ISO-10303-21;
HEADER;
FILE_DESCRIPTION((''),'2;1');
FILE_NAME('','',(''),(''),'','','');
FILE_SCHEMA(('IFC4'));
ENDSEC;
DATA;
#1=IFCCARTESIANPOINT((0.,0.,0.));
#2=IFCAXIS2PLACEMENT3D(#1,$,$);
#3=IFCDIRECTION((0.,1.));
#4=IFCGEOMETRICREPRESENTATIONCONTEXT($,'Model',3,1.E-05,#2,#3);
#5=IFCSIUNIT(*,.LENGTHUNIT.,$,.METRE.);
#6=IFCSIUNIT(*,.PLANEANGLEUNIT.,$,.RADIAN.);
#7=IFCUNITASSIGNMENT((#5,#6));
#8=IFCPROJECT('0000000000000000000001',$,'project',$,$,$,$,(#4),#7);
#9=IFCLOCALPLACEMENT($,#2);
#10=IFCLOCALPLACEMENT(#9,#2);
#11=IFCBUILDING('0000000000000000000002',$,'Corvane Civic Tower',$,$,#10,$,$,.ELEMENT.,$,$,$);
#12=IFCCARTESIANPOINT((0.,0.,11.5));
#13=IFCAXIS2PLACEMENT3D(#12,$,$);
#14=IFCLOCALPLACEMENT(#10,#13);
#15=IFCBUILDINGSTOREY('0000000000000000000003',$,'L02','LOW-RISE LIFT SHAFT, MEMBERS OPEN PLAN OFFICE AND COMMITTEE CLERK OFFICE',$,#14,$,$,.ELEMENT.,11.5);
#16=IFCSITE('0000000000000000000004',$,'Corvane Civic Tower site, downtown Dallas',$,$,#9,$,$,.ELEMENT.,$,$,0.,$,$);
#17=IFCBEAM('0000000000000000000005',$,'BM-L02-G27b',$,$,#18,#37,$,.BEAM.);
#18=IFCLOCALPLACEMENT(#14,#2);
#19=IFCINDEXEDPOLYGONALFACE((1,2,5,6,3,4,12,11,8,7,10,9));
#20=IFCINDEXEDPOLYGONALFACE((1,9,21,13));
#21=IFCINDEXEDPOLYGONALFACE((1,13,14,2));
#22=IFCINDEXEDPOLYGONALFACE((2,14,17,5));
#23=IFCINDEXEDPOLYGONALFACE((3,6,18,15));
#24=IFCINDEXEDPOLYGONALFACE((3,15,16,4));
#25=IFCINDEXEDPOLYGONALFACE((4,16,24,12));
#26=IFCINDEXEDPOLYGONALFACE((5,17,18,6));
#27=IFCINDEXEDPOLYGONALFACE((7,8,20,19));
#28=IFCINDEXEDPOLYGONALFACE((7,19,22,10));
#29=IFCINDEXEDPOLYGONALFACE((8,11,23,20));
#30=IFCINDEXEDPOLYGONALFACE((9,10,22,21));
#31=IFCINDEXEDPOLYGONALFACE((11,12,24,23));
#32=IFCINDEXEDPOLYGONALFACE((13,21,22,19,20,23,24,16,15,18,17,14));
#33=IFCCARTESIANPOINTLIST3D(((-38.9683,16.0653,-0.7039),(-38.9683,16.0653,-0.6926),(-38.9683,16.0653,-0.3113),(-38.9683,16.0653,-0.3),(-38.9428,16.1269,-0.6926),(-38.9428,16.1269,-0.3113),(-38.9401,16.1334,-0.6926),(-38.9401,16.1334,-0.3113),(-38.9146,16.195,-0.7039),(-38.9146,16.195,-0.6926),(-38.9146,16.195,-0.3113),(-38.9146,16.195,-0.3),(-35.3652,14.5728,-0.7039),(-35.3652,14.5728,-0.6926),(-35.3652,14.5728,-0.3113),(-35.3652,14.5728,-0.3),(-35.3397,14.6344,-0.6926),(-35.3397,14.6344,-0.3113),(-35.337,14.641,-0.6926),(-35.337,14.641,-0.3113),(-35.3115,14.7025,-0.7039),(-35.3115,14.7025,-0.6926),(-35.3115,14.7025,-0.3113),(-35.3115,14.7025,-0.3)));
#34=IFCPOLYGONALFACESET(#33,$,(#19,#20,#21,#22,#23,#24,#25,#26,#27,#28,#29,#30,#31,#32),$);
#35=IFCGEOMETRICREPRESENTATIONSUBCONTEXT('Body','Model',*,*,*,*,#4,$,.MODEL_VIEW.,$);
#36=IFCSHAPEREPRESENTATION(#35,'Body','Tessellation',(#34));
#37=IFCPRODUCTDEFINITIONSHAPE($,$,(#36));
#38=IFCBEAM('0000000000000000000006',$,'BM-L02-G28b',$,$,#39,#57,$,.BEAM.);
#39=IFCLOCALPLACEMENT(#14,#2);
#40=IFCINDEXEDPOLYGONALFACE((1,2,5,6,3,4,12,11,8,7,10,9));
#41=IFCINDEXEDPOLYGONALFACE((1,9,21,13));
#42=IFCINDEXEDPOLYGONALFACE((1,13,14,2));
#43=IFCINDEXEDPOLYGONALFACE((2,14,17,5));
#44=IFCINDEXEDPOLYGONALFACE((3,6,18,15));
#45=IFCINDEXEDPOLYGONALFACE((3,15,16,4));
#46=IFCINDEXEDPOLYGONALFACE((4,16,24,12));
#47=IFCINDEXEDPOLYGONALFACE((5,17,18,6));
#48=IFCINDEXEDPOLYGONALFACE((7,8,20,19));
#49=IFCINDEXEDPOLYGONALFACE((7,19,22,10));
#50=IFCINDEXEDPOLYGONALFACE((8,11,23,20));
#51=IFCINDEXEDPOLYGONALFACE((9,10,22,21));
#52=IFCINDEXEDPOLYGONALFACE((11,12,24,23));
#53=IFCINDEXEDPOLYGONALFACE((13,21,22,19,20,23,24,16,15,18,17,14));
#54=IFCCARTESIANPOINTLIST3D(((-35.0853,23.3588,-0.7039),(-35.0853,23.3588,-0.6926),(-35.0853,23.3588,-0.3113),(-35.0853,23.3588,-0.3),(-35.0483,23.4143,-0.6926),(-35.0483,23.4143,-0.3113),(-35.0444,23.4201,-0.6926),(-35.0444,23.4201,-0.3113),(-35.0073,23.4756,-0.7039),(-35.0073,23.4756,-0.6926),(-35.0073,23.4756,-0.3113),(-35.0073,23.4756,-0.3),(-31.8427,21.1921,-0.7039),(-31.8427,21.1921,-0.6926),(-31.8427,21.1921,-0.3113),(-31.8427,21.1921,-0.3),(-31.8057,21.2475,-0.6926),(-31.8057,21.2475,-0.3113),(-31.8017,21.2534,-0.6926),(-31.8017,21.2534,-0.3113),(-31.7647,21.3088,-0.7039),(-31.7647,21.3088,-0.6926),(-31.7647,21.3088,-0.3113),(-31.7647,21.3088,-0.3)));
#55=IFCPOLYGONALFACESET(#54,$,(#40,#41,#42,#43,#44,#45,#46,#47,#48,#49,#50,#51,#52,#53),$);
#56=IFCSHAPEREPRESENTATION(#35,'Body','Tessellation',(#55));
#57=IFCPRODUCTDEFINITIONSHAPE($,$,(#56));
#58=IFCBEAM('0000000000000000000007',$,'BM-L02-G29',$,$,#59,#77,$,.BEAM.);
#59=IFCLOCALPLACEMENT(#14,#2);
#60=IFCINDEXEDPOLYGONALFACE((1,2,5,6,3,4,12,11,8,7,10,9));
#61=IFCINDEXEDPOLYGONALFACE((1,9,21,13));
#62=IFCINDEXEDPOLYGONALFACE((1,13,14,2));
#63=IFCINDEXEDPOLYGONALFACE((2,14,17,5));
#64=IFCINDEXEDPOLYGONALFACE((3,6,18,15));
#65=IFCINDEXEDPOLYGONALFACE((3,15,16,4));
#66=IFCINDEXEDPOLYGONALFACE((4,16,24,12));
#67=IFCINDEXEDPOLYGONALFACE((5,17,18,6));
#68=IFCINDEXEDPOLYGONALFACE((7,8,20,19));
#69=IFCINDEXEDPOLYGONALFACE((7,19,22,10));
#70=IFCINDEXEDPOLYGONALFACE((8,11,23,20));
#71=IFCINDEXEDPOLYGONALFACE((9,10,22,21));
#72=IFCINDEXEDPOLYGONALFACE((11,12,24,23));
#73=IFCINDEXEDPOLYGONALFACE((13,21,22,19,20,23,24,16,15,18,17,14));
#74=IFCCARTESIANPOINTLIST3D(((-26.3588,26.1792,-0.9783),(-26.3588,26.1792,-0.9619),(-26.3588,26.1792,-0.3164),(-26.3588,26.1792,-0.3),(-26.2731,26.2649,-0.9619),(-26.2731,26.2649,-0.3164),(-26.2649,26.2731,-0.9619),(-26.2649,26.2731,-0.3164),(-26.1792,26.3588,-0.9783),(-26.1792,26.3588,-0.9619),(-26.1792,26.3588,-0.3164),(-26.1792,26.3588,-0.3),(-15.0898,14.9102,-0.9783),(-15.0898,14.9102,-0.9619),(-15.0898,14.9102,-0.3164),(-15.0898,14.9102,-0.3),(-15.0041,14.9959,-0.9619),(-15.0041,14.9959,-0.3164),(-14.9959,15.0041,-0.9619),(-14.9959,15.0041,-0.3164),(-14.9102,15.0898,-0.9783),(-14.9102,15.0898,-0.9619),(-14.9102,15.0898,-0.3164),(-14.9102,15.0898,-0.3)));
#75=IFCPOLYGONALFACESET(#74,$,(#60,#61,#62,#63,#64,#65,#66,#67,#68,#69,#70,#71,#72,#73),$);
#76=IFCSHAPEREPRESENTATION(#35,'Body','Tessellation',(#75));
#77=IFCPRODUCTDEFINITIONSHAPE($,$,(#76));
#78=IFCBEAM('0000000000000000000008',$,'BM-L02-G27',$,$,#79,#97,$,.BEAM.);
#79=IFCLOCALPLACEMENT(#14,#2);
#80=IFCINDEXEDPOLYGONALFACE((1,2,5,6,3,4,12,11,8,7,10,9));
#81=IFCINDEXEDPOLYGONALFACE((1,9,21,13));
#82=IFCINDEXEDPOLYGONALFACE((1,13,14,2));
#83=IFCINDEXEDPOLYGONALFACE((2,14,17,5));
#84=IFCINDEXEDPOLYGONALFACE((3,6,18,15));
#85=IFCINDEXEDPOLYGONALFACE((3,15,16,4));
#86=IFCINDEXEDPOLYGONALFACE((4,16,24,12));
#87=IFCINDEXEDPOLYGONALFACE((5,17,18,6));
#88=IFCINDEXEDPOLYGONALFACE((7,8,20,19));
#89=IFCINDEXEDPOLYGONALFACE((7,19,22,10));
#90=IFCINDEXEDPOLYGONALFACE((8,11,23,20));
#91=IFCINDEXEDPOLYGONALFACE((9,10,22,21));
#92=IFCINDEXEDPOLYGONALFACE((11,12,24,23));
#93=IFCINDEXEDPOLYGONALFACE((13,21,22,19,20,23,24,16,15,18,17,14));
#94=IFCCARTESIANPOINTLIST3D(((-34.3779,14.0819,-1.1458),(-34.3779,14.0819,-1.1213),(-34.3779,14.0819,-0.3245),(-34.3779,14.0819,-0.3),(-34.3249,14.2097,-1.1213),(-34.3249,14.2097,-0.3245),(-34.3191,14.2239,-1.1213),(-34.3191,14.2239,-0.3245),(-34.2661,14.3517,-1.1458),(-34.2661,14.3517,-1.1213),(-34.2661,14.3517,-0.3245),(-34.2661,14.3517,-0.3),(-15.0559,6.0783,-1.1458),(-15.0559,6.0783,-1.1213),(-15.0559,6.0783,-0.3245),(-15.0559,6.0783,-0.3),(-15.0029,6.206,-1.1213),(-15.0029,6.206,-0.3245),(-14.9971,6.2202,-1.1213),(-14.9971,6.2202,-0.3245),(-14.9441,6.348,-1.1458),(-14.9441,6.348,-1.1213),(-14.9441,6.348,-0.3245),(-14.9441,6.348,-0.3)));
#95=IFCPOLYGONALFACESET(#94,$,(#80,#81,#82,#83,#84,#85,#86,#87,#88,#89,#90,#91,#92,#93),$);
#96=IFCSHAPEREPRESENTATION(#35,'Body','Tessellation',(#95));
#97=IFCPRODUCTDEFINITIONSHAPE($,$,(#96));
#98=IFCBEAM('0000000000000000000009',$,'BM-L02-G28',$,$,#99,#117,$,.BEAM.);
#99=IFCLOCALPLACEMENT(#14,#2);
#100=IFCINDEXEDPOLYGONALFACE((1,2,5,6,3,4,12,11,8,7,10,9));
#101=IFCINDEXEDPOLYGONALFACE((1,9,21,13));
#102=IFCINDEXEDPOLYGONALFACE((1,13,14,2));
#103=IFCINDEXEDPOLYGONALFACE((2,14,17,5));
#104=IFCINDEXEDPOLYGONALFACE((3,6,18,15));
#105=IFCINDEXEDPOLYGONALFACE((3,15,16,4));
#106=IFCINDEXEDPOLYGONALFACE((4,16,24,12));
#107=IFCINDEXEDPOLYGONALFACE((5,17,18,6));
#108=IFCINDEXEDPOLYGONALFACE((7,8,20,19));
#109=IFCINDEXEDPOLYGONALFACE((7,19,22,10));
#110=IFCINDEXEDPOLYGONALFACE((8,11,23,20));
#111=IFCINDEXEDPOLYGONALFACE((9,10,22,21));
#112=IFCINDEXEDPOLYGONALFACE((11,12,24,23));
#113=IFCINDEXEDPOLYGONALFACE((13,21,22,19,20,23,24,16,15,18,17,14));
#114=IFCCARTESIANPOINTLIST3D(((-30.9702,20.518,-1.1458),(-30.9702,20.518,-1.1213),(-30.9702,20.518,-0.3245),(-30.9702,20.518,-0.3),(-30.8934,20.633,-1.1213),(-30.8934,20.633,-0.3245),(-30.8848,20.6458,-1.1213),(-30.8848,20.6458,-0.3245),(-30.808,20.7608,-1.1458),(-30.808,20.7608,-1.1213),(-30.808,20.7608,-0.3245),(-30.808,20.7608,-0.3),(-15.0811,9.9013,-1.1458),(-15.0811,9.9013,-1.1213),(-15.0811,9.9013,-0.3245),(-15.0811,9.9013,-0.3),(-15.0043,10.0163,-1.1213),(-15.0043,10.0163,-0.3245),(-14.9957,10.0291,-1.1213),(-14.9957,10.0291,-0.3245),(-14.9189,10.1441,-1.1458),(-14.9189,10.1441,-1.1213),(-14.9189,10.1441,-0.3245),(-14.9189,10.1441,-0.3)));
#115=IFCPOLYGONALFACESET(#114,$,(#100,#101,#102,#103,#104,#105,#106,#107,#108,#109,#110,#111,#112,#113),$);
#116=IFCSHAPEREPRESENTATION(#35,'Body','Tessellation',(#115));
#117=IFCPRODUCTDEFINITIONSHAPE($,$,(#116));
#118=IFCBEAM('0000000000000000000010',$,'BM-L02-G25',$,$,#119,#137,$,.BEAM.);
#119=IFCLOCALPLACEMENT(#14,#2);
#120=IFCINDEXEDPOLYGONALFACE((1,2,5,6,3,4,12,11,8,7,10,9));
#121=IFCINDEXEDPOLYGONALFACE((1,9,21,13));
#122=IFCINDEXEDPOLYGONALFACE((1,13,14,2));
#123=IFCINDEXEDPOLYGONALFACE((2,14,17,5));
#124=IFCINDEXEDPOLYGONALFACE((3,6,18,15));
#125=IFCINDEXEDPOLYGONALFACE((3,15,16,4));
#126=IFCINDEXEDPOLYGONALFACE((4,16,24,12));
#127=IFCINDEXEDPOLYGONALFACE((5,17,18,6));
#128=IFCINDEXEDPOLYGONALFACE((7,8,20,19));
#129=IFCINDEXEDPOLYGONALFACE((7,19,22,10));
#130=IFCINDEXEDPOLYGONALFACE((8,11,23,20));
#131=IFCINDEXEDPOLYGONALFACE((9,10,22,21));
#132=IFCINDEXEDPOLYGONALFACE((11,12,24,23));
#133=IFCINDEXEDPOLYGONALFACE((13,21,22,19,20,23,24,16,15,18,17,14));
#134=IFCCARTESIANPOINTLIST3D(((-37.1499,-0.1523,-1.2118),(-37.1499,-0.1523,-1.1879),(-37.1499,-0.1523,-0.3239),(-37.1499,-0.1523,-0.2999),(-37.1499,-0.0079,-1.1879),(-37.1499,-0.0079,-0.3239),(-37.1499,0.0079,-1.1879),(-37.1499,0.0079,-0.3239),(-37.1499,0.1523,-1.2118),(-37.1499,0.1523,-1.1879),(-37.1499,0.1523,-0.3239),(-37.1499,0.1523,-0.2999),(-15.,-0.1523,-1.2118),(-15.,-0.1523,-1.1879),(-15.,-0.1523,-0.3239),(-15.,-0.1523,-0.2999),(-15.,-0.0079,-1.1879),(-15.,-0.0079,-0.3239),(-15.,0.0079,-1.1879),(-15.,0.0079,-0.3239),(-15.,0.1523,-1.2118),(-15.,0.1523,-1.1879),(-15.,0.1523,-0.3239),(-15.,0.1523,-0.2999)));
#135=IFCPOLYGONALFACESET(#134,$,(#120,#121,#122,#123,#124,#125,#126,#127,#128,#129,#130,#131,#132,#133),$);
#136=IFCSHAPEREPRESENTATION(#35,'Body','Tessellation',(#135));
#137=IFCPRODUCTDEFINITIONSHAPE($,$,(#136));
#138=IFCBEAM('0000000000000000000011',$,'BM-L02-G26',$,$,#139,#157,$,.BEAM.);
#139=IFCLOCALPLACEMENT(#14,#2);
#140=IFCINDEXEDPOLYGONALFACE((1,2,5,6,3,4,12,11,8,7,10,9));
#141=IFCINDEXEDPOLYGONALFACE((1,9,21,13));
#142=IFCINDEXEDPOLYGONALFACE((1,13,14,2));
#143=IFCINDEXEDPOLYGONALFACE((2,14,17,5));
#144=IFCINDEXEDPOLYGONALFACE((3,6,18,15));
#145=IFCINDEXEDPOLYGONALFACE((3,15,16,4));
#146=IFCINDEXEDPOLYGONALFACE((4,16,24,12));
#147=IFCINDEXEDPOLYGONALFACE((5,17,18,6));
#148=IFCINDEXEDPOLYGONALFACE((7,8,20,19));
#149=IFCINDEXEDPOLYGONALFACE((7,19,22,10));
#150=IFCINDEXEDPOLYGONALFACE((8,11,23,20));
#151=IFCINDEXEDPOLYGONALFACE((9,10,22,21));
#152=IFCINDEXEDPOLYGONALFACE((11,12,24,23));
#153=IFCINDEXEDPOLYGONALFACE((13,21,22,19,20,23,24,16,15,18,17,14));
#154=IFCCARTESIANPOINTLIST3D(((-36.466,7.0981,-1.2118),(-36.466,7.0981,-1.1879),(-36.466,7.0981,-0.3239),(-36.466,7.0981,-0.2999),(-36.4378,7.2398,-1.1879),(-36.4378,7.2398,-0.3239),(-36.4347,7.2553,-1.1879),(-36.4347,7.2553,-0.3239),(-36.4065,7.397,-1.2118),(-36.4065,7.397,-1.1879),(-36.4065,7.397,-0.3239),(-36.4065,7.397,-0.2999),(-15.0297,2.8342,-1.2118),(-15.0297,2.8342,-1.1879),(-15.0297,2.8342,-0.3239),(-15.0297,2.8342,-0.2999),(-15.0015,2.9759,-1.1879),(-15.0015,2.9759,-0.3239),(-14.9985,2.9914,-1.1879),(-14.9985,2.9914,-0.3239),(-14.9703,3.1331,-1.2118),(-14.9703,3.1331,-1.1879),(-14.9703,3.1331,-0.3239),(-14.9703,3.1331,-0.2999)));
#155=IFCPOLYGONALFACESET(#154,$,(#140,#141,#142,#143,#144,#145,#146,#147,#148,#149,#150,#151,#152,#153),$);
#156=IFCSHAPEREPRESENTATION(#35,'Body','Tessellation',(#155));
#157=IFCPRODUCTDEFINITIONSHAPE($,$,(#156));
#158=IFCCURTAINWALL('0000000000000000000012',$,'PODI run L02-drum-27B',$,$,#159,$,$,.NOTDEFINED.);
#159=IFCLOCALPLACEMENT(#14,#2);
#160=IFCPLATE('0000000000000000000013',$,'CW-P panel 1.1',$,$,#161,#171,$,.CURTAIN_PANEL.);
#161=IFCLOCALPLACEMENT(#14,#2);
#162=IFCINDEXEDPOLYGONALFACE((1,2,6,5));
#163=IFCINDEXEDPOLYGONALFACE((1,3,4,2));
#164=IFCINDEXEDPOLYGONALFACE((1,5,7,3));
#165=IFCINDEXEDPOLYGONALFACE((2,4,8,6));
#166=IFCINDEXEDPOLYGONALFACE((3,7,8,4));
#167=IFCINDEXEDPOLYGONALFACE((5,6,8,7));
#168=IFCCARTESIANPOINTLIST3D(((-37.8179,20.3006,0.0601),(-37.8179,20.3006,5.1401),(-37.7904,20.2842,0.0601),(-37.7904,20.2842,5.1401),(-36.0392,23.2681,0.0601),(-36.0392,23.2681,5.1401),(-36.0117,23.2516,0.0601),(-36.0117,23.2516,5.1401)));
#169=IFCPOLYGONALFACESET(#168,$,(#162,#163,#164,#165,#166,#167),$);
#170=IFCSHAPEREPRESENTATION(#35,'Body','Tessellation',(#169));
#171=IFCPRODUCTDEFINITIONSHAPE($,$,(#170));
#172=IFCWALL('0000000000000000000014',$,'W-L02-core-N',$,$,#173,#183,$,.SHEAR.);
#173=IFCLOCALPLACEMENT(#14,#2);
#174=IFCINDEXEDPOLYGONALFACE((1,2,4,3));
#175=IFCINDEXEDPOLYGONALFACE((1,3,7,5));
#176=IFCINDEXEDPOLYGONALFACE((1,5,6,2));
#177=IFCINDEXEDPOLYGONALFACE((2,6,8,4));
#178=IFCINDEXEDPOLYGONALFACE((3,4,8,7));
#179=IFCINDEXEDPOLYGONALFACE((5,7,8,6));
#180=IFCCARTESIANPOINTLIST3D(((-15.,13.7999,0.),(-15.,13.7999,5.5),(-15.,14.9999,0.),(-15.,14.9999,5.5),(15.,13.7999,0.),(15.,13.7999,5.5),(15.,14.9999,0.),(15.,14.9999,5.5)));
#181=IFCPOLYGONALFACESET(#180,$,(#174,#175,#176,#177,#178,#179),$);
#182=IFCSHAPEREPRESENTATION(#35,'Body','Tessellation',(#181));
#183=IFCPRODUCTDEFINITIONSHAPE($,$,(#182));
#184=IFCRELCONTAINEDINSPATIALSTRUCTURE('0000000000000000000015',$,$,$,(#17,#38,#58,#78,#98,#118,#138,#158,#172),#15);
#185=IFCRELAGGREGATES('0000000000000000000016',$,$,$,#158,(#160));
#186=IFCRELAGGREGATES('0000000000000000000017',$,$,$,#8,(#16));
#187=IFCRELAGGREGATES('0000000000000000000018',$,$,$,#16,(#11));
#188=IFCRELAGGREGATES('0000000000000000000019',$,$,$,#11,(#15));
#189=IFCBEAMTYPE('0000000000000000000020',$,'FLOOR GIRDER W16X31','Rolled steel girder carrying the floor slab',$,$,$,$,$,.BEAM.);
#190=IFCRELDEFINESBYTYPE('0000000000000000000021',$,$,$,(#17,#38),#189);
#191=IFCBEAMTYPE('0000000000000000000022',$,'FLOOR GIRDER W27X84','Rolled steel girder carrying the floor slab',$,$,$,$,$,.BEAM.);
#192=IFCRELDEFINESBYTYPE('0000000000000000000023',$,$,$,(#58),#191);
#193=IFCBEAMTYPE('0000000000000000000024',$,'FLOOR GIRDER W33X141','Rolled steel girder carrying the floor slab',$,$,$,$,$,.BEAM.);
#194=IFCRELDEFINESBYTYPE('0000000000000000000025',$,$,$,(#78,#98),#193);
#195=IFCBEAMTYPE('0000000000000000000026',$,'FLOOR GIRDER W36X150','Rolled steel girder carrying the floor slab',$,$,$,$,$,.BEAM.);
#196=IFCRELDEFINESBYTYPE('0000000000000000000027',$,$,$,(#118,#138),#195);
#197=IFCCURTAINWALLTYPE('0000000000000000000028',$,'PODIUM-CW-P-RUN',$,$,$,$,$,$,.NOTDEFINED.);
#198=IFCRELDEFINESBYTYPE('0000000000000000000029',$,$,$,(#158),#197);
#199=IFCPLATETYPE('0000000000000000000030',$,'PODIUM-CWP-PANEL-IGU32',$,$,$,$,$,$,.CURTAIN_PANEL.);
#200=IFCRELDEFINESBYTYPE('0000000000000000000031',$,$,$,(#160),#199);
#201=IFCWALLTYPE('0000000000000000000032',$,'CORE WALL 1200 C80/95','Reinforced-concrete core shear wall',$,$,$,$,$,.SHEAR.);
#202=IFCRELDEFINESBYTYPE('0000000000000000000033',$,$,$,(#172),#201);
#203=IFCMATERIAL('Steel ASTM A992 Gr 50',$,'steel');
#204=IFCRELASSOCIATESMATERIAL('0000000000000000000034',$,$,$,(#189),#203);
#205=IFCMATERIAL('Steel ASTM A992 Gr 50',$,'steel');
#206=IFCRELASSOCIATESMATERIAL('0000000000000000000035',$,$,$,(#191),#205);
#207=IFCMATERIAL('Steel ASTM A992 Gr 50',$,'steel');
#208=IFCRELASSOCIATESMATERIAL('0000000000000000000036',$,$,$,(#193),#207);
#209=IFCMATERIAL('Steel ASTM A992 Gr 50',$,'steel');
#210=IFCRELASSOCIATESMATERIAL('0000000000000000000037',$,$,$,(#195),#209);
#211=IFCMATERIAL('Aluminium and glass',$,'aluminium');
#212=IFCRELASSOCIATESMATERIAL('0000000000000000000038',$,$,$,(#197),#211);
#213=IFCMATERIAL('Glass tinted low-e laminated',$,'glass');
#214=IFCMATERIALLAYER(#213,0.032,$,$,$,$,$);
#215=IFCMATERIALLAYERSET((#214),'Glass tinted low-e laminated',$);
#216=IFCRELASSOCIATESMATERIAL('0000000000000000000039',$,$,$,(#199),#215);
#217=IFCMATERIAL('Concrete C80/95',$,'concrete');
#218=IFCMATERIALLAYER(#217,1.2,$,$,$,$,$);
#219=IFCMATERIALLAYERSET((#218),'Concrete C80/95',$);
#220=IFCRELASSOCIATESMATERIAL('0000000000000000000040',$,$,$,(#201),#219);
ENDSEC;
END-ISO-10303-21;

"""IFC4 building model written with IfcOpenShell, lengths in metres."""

from ifc_helpers import new_model, si_unit, direction, frame, frame_2d, origin, origin_2d, place, context, subcontext, project, spatial, rectangle, i_section, extrude, material, layer, layer_set, material_profile, profile_set, type_object, element, aggregate, save


model = new_model("IFC4")

# Units and contexts
model_context = context("Model", 3, precision=1e-05, world=origin(), true_north=direction((0.0, 1.0)))
body_context = subcontext(model_context, "Body", "Model", "MODEL_VIEW")
ifc_project = project(units=[si_unit("LENGTHUNIT", "METRE"), si_unit("PLANEANGLEUNIT", "RADIAN")], contexts=[model_context])

# Site, building, storey
site_placement = place(None, origin())
site = spatial("IfcSite", under=ifc_project, at=site_placement, Name="Corvane Civic Tower site, downtown Dallas", CompositionType="ELEMENT", RefElevation=0.0)
building_placement = place(site_placement, origin())
building = spatial("IfcBuilding", under=site, at=building_placement, Name="Corvane Civic Tower", CompositionType="ELEMENT")
storey_placement = place(building_placement, frame((0.0, 0.0, 11.5)))
storey = spatial("IfcBuildingStorey", under=building, at=storey_placement, Name="L02", Description="LOW-RISE LIFT SHAFT, MEMBERS OPEN PLAN OFFICE AND COMMITTEE CLERK OFFICE", CompositionType="ELEMENT", Elevation=11.5)

# Beams
ifc_material_1 = material(Name="Steel ASTM A992 Gr 50", Category="steel")
ifc_material_profile_1 = material_profile(ifc_material_1, i_section(OverallWidth=0.1404, OverallDepth=0.4038, WebThickness=0.0071, FlangeThickness=0.0112, at=origin_2d()), Name="W16X31")
ifc_profile_set_1 = profile_set([ifc_material_profile_1], Name="Steel ASTM A992 Gr 50")
beam_type_1 = type_object("IfcBeamType", Name="FLOOR GIRDER W16X31", Description="Rolled steel girder carrying the floor slab", PredefinedType="BEAM", material=ifc_profile_set_1)
for number, where, z_axis, x_axis, name in (
    (1, (-35.3384, 14.6377, -0.502), (-0.923879, 0.382685, 0.0), (-0.382685, -0.923879, 0.0), "BM-L02-G27b"),
    (2, (-31.8037, 21.2505, -0.502), (-0.831462, 0.555581, 0.0), (-0.555581, -0.831462, 0.0), "BM-L02-G28b"),
):
    element("IfcBeam", number, at=place(storey_placement, frame(where, z_axis=z_axis, x_axis=x_axis)), inside=storey, type_object=beam_type_1, Name=name, PredefinedType="BEAM", context=body_context, shape_type="SweptSolid", body=[
        extrude(i_section(OverallWidth=0.1404, OverallDepth=0.4038, WebThickness=0.0071, FlangeThickness=0.0112, at=origin_2d()), origin(), (0.0, 0.0, 1.0), 3.8999),
    ])
ifc_material_2 = material(Name="Steel ASTM A992 Gr 50", Category="steel")
ifc_material_profile_2 = material_profile(ifc_material_2, i_section(OverallWidth=0.2539, OverallDepth=0.6782, WebThickness=0.0117, FlangeThickness=0.0164, at=origin_2d()), Name="W27X84")
ifc_profile_set_2 = profile_set([ifc_material_profile_2], Name="Steel ASTM A992 Gr 50")
beam_type_2 = type_object("IfcBeamType", Name="FLOOR GIRDER W27X84", Description="Rolled steel girder carrying the floor slab", PredefinedType="BEAM", material=ifc_profile_set_2)
beam_1_placement = place(storey_placement, frame((-15.0, 15.0, -0.6392), z_axis=(-0.707107, 0.707107, 0.0), x_axis=(-0.707107, -0.707107, 0.0)))
element("IfcBeam", 3, at=beam_1_placement, inside=storey, type_object=beam_type_2, Name="BM-L02-G29", PredefinedType="BEAM", context=body_context, shape_type="SweptSolid", body=[
    extrude(i_section(OverallWidth=0.2539, OverallDepth=0.6782, WebThickness=0.0117, FlangeThickness=0.0164, at=origin_2d()), origin(), (0.0, 0.0, 1.0), 15.9368),
])
ifc_material_3 = material(Name="Steel ASTM A992 Gr 50", Category="steel")
ifc_material_profile_3 = material_profile(ifc_material_3, i_section(OverallWidth=0.292, OverallDepth=0.8457, WebThickness=0.0154, FlangeThickness=0.0244, at=origin_2d()), Name="W33X141")
ifc_profile_set_3 = profile_set([ifc_material_profile_3], Name="Steel ASTM A992 Gr 50")
beam_type_3 = type_object("IfcBeamType", Name="FLOOR GIRDER W33X141", Description="Rolled steel girder carrying the floor slab", PredefinedType="BEAM", material=ifc_profile_set_3)
beam_2_placement = place(storey_placement, frame((-15.0, 6.2131, -0.7229), z_axis=(-0.923876, 0.382692, 0.0), x_axis=(-0.382692, -0.923876, 0.0)))
element("IfcBeam", 4, at=beam_2_placement, inside=storey, type_object=beam_type_3, Name="BM-L02-G27", PredefinedType="BEAM", context=body_context, shape_type="SweptSolid", body=[
    extrude(i_section(OverallWidth=0.292, OverallDepth=0.8457, WebThickness=0.0154, FlangeThickness=0.0244, at=origin_2d()), origin(), (0.0, 0.0, 1.0), 20.9141),
])
beam_3_placement = place(storey_placement, frame((-15.0, 10.0227, -0.7229), z_axis=(-0.831472, 0.555567, 0.0), x_axis=(-0.555567, -0.831472, 0.0)))
element("IfcBeam", 5, at=beam_3_placement, inside=storey, type_object=beam_type_3, Name="BM-L02-G28", PredefinedType="BEAM", context=body_context, shape_type="SweptSolid", body=[
    extrude(i_section(OverallWidth=0.292, OverallDepth=0.8457, WebThickness=0.0154, FlangeThickness=0.0244, at=origin_2d()), origin(), (0.0, 0.0, 1.0), 19.1096),
])
ifc_material_4 = material(Name="Steel ASTM A992 Gr 50", Category="steel")
ifc_material_profile_4 = material_profile(ifc_material_4, i_section(OverallWidth=0.3047, OverallDepth=0.9119, WebThickness=0.0159, FlangeThickness=0.0239, at=origin_2d()), Name="W36X150")
ifc_profile_set_4 = profile_set([ifc_material_profile_4], Name="Steel ASTM A992 Gr 50")
beam_type_4 = type_object("IfcBeamType", Name="FLOOR GIRDER W36X150", Description="Rolled steel girder carrying the floor slab", PredefinedType="BEAM", material=ifc_profile_set_4)
beam_4_placement = place(storey_placement, frame((-15.0, 0.0, -0.7559), z_axis=(-1.0, 0.0, 0.0), x_axis=(0.0, -1.0, 0.0)))
element("IfcBeam", 6, at=beam_4_placement, inside=storey, type_object=beam_type_4, Name="BM-L02-G25", PredefinedType="BEAM", context=body_context, shape_type="SweptSolid", body=[
    extrude(i_section(OverallWidth=0.3047, OverallDepth=0.9119, WebThickness=0.0159, FlangeThickness=0.0239, at=origin_2d()), origin(), (0.0, 0.0, 1.0), 22.1499),
])
beam_5_placement = place(storey_placement, frame((-15.0, 2.9836, -0.7559), z_axis=(-0.980785, 0.195089, 0.0), x_axis=(-0.195089, -0.980785, 0.0)))
element("IfcBeam", 7, at=beam_5_placement, inside=storey, type_object=beam_type_4, Name="BM-L02-G26", PredefinedType="BEAM", context=body_context, shape_type="SweptSolid", body=[
    extrude(i_section(OverallWidth=0.3047, OverallDepth=0.9119, WebThickness=0.0159, FlangeThickness=0.0239, at=origin_2d()), origin(), (0.0, 0.0, 1.0), 21.8562),
])

# Curtain wall, plate
ifc_material_5 = material(Name="Aluminium and glass", Category="aluminium")
curtain_wall_type = type_object("IfcCurtainWallType", Name="PODIUM-CW-P-RUN", PredefinedType="NOTDEFINED", material=ifc_material_5)
curtain_wall_placement = place(storey_placement, origin())
curtain_wall = element("IfcCurtainWall", 8, at=curtain_wall_placement, inside=storey, type_object=curtain_wall_type, Name="PODI run L02-drum-27B", PredefinedType="NOTDEFINED")
ifc_material_6 = material(Name="Glass tinted low-e laminated", Category="glass")
ifc_layer_1 = layer(ifc_material_6, 0.032)
ifc_layer_set_1 = layer_set([ifc_layer_1], Name="Glass tinted low-e laminated")
plate_type = type_object("IfcPlateType", Name="PODIUM-CWP-PANEL-IGU32", PredefinedType="CURTAIN_PANEL", material=ifc_layer_set_1)
plate_placement = place(storey_placement, frame((-36.9148, 21.7761, 0.0601), z_axis=(0.0, 0.0, 1.0), x_axis=(0.514118, 0.85772, 0.0)))
plate = element("IfcPlate", 9, at=plate_placement, type_object=plate_type, Name="CW-P panel 1.1", PredefinedType="CURTAIN_PANEL", context=body_context, shape_type="SweptSolid", body=[
    extrude(rectangle(XDim=3.4597, YDim=0.032, at=origin_2d()), origin(), (0.0, 0.0, 1.0), 5.0801),
])
aggregate(curtain_wall, [plate])

# Wall
ifc_material_7 = material(Name="Concrete C80/95", Category="concrete")
ifc_layer_2 = layer(ifc_material_7, 1.2)
ifc_layer_set_2 = layer_set([ifc_layer_2], Name="Concrete C80/95")
wall_type_1 = type_object("IfcWallType", Name="CORE WALL 1200 C80/95", Description="Reinforced-concrete core shear wall", PredefinedType="SHEAR", material=ifc_layer_set_2)
wall_1_placement = place(storey_placement, frame((-15.0, 14.3999, 0.0), z_axis=(0.0, 0.0, 1.0), x_axis=(1.0, 0.0, 0.0)))
element("IfcWall", 10, at=wall_1_placement, inside=storey, type_object=wall_type_1, Name="W-L02-core-N", PredefinedType="SHEAR", context=body_context, shape_type="SweptSolid", body=[
    extrude(rectangle(XDim=30.0, YDim=1.2, at=frame_2d((15.0, 0.0))), origin(), (0.0, 0.0, 1.0), 5.5),
])

save(model, "model.ifc")
